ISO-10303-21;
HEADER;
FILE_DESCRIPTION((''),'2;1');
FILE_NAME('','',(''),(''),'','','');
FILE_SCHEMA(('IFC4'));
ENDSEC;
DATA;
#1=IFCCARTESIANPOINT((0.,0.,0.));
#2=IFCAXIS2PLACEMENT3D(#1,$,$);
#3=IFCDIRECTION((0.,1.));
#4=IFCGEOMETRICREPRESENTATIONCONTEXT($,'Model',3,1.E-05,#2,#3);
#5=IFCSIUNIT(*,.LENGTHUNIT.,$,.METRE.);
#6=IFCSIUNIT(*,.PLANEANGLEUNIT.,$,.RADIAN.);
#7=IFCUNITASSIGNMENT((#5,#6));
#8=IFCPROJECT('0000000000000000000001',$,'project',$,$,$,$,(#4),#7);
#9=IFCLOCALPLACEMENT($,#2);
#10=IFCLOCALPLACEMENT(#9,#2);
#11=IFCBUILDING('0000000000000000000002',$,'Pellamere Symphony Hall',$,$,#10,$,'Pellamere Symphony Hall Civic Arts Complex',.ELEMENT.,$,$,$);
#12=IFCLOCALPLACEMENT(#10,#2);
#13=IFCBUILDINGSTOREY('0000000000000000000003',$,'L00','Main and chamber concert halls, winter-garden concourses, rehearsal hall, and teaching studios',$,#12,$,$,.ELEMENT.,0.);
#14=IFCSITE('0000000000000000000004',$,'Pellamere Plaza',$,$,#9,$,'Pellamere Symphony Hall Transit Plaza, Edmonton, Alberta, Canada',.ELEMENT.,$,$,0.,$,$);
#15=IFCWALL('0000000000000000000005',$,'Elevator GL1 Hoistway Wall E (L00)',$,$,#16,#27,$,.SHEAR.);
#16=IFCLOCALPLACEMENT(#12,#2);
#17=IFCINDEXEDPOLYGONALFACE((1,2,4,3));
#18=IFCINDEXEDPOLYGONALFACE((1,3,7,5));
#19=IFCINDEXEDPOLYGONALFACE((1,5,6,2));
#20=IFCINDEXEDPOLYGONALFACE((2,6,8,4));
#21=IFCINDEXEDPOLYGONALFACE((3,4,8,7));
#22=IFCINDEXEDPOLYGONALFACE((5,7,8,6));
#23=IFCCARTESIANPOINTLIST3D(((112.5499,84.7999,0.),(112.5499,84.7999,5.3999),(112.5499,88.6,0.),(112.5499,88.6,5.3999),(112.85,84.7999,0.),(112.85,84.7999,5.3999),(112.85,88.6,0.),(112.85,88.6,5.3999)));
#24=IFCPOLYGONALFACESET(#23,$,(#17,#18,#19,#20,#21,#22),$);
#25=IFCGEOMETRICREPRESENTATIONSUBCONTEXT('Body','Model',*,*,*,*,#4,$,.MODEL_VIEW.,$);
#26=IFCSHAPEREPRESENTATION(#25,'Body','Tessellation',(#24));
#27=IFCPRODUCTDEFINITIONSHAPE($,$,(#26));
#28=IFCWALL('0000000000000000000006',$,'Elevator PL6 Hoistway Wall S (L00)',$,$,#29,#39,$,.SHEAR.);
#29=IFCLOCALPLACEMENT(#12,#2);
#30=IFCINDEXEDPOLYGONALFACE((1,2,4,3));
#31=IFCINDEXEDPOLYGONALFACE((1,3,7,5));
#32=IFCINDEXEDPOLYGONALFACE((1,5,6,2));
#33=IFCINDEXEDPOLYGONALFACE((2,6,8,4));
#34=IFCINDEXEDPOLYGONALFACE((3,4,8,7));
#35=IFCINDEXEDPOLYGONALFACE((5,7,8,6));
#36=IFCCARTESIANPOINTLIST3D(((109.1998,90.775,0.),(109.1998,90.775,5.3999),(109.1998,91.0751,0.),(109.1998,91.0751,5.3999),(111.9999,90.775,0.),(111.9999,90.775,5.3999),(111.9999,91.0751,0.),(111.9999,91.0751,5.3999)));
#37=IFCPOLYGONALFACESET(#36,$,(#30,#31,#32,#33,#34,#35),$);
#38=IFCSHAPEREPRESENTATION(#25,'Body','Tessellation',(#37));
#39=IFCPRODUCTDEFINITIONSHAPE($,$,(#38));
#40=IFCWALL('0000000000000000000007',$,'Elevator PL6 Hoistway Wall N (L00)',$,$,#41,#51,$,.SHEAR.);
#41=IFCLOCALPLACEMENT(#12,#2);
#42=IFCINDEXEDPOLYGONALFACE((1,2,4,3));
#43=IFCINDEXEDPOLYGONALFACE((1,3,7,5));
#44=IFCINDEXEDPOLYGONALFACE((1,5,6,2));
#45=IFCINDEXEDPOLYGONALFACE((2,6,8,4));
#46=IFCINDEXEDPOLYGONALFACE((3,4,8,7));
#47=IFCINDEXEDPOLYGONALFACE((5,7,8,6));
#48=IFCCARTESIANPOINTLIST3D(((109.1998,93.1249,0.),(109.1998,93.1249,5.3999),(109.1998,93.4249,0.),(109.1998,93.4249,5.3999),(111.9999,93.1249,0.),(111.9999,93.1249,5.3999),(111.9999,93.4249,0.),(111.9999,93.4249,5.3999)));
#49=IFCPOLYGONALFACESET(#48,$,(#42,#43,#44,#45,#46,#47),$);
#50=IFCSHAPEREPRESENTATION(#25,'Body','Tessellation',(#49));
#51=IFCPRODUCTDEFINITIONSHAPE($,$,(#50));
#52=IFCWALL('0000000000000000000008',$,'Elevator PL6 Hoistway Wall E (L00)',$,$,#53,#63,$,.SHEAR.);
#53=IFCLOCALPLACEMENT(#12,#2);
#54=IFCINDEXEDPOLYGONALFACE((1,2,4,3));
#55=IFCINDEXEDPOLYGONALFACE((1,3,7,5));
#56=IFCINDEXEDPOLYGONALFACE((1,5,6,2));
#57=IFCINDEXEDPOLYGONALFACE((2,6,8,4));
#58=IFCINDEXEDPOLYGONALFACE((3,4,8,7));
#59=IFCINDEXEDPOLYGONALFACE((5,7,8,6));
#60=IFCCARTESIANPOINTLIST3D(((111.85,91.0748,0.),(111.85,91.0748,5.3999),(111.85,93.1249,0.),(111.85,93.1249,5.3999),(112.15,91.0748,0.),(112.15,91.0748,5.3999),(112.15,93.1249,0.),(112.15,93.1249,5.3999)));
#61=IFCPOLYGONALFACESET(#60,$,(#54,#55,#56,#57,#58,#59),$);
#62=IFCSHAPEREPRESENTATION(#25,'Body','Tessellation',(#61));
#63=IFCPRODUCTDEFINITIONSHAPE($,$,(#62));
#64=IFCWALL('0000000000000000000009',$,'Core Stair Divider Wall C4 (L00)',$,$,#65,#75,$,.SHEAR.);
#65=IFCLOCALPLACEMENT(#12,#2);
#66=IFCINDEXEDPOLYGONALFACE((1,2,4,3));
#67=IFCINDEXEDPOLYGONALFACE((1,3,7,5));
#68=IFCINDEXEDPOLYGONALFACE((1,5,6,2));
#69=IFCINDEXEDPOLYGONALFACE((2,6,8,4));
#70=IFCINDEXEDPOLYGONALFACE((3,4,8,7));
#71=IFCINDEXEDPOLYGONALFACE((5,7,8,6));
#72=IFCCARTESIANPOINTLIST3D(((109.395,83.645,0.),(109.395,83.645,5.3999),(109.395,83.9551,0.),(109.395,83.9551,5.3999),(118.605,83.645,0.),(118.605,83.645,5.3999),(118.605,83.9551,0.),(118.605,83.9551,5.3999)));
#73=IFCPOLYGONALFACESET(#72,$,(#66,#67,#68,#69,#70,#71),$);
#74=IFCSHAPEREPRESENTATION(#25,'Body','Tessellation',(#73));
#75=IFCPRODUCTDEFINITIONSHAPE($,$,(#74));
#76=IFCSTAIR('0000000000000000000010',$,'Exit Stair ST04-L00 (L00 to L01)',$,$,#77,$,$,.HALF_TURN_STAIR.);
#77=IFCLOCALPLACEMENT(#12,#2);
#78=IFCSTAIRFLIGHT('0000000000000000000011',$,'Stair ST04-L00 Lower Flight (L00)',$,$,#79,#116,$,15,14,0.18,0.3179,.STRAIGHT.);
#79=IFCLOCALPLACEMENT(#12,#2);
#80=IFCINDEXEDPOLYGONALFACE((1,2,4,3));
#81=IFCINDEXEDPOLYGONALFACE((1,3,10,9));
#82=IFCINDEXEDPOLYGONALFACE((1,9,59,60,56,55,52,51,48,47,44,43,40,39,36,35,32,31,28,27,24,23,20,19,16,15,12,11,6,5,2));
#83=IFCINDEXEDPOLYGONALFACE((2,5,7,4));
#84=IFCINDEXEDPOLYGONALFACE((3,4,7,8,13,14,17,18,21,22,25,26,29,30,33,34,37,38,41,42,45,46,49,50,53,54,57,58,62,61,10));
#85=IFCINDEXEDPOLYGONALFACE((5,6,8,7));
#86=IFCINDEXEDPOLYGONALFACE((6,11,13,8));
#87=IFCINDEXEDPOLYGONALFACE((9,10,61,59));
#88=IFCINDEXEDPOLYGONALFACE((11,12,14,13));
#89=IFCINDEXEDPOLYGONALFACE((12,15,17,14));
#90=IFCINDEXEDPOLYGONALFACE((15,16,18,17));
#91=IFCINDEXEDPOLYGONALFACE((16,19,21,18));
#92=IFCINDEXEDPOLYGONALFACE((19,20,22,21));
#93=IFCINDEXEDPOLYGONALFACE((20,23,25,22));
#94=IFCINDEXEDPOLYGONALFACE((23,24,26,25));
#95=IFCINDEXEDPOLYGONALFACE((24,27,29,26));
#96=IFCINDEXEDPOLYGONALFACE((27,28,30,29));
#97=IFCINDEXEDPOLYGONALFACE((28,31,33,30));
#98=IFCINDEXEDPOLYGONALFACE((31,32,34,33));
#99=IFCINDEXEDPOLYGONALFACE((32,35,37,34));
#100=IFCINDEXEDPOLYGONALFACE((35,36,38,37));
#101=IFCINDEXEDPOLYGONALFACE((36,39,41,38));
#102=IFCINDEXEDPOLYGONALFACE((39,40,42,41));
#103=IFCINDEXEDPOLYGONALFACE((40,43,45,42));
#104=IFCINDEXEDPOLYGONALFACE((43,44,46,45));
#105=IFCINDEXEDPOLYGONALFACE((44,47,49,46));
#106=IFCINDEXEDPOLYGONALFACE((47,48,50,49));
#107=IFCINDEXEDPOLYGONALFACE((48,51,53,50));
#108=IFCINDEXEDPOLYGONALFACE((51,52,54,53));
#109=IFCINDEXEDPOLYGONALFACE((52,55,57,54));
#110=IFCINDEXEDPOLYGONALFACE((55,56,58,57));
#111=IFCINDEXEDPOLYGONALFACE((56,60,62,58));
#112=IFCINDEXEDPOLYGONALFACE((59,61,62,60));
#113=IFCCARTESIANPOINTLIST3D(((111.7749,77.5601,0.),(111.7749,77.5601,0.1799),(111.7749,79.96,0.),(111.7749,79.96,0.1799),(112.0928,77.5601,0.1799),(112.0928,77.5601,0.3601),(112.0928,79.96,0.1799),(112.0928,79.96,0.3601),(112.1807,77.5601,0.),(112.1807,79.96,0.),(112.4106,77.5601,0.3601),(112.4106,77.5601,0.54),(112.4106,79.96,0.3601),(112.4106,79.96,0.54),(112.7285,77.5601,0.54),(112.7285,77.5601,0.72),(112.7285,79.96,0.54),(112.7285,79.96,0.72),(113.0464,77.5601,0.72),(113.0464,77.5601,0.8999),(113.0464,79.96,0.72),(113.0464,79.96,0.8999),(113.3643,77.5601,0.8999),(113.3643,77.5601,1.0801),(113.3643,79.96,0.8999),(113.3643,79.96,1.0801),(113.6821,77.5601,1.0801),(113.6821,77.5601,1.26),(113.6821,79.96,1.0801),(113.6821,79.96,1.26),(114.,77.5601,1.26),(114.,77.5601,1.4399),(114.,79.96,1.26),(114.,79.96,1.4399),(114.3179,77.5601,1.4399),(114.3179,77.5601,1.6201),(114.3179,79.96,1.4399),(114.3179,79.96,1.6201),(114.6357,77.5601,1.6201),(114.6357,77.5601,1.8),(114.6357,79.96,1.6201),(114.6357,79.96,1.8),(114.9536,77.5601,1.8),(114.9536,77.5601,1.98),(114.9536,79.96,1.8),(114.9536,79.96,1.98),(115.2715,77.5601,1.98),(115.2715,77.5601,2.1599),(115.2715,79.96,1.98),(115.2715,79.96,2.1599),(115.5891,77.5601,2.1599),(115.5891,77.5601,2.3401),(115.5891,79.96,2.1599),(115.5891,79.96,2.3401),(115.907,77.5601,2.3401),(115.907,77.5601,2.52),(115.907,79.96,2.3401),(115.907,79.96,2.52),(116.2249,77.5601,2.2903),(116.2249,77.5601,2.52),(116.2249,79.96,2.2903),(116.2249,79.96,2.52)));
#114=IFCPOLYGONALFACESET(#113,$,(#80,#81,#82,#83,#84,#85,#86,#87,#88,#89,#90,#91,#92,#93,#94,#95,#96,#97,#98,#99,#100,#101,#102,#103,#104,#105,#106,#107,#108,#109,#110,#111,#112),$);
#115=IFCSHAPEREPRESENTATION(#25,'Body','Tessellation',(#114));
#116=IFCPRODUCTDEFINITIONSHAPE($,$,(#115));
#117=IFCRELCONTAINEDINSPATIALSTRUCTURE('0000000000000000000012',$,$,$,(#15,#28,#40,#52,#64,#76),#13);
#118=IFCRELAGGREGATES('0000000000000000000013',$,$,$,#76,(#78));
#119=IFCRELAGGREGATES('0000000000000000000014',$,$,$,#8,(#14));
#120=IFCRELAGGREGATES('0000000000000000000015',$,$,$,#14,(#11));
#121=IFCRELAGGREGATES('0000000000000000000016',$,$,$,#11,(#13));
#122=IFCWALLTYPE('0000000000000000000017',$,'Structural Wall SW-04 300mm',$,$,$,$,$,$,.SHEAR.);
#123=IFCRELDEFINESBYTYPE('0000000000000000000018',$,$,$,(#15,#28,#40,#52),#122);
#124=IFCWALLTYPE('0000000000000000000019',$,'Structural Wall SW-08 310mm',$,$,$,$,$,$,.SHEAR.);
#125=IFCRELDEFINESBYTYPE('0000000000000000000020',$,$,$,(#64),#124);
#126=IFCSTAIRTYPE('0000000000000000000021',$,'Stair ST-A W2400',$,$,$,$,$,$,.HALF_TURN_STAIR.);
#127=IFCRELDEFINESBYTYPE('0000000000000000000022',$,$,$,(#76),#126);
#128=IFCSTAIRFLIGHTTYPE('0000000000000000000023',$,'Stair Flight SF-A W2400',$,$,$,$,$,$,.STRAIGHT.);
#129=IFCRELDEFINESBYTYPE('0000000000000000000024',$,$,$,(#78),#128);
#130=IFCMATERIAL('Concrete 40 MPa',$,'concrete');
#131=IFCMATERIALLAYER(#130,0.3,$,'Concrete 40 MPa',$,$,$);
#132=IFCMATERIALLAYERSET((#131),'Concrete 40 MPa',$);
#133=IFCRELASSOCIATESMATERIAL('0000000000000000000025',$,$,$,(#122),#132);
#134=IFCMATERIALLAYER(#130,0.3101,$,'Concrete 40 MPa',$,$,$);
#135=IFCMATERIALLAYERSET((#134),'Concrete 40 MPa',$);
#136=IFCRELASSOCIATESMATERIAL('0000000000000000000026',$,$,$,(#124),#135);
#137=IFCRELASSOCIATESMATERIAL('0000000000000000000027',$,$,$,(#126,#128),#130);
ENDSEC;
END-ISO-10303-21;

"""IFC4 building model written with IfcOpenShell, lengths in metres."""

from ifc_helpers import new_model, si_unit, direction, frame, frame_2d, origin, place, context, subcontext, project, spatial, polyline, rectangle, outline, extrude, material, layer, layer_set, type_object, element, aggregate, save


model = new_model("IFC4")

# Units and contexts
model_context = context("Model", 3, precision=1e-05, world=origin(), true_north=direction((0.0, 1.0)))
body_context = subcontext(model_context, "Body", "Model", "MODEL_VIEW")
ifc_project = project(units=[si_unit("LENGTHUNIT", "METRE"), si_unit("PLANEANGLEUNIT", "RADIAN")], contexts=[model_context])

# Site, building, storey
site_placement = place(None, origin())
site = spatial("IfcSite", under=ifc_project, at=site_placement, Name="Pellamere Plaza", LongName="Pellamere Symphony Hall Transit Plaza, Edmonton, Alberta, Canada", CompositionType="ELEMENT", RefElevation=0.0)
building_placement = place(site_placement, origin())
building = spatial("IfcBuilding", under=site, at=building_placement, Name="Pellamere Symphony Hall", LongName="Pellamere Symphony Hall Civic Arts Complex", CompositionType="ELEMENT")
storey_placement = place(building_placement, origin())
storey = spatial("IfcBuildingStorey", under=building, at=storey_placement, Name="L00", Description="Main and chamber concert halls, winter-garden concourses, rehearsal hall, and teaching studios", CompositionType="ELEMENT", Elevation=0.0)

# Shared definitions
ifc_material_1 = material(Name="Concrete 40 MPa", Category="concrete")

# Walls
ifc_layer_1 = layer(ifc_material_1, 0.3, Name="Concrete 40 MPa")
ifc_layer_set_1 = layer_set([ifc_layer_1], Name="Concrete 40 MPa")
wall_type_1 = type_object("IfcWallType", Name="Structural Wall SW-04 300mm", PredefinedType="SHEAR", material=ifc_layer_set_1)
wall_1_placement = place(storey_placement, frame((112.7, 84.8, 0.0), z_axis=(0.0, 0.0, 1.0), x_axis=(0.0, 1.0, 0.0)))
element("IfcWall", 1, at=wall_1_placement, inside=storey, type_object=wall_type_1, Name="Elevator GL1 Hoistway Wall E (L00)", PredefinedType="SHEAR", context=body_context, shape_type="SweptSolid", body=[
    extrude(rectangle(XDim=3.8, YDim=0.3, at=frame_2d((1.8999, 0.0))), origin(), (0.0, 0.0, 1.0), 5.3999),
])
for number, where, z_axis, x_axis, name in (
    (2, (109.2, 90.925, 0.0), (0.0, 0.0, 1.0), (1.0, 0.0, 0.0), "Elevator PL6 Hoistway Wall S (L00)"),
    (3, (109.2, 93.2749, 0.0), (0.0, 0.0, 1.0), (1.0, 0.0, 0.0), "Elevator PL6 Hoistway Wall N (L00)"),
):
    element("IfcWall", number, at=place(storey_placement, frame(where, z_axis=z_axis, x_axis=x_axis)), inside=storey, type_object=wall_type_1, Name=name, PredefinedType="SHEAR", context=body_context, shape_type="SweptSolid", body=[
        extrude(rectangle(XDim=2.8, YDim=0.3, at=frame_2d((1.3999, 0.0))), origin(), (0.0, 0.0, 1.0), 5.3999),
    ])
wall_2_placement = place(storey_placement, frame((112.0, 91.075, 0.0), z_axis=(0.0, 0.0, 1.0), x_axis=(0.0, 1.0, 0.0)))
element("IfcWall", 4, at=wall_2_placement, inside=storey, type_object=wall_type_1, Name="Elevator PL6 Hoistway Wall E (L00)", PredefinedType="SHEAR", context=body_context, shape_type="SweptSolid", body=[
    extrude(rectangle(XDim=2.05, YDim=0.3, at=frame_2d((1.0249, 0.0))), origin(), (0.0, 0.0, 1.0), 5.3999),
])
ifc_layer_2 = layer(ifc_material_1, 0.3101, Name="Concrete 40 MPa")
ifc_layer_set_2 = layer_set([ifc_layer_2], Name="Concrete 40 MPa")
wall_type_2 = type_object("IfcWallType", Name="Structural Wall SW-08 310mm", PredefinedType="SHEAR", material=ifc_layer_set_2)
wall_3_placement = place(storey_placement, frame((109.395, 83.8, 0.0), z_axis=(0.0, 0.0, 1.0), x_axis=(1.0, 0.0, 0.0)))
element("IfcWall", 5, at=wall_3_placement, inside=storey, type_object=wall_type_2, Name="Core Stair Divider Wall C4 (L00)", PredefinedType="SHEAR", context=body_context, shape_type="SweptSolid", body=[
    extrude(rectangle(XDim=9.21, YDim=0.3101, at=frame_2d((4.605, 0.0))), origin(), (0.0, 0.0, 1.0), 5.3999),
])

# Stair, stair flight
stair_type = type_object("IfcStairType", Name="Stair ST-A W2400", PredefinedType="HALF_TURN_STAIR", material=ifc_material_1)
stair_placement = place(storey_placement, origin())
stair = element("IfcStair", 6, at=stair_placement, inside=storey, type_object=stair_type, Name="Exit Stair ST04-L00 (L00 to L01)", PredefinedType="HALF_TURN_STAIR")
stair_flight_type = type_object("IfcStairFlightType", Name="Stair Flight SF-A W2400", PredefinedType="STRAIGHT", material=ifc_material_1)
stair_flight_placement = place(storey_placement, frame((111.7749, 78.76, 0.0), z_axis=(0.0, 0.0, 1.0), x_axis=(1.0, 0.0, 0.0)))
stair_flight = element("IfcStairFlight", 7, at=stair_flight_placement, type_object=stair_flight_type, Name="Stair ST04-L00 Lower Flight (L00)", NumberOfRisers=15, NumberOfTreads=14, PredefinedType="STRAIGHT", RiserHeight=0.18, TreadLength=0.3179, context=body_context, shape_type="SweptSolid", body=[
    extrude(outline(polyline([(0.0, 0.0), (0.0, 0.1799), (0.3179, 0.1799), (0.3179, 0.3601), (0.6357, 0.3601), (0.6357, 0.54), (0.9536, 0.54), (0.9536, 0.72), (1.2715, 0.72), (1.2715, 0.8999), (1.5894, 0.8999), (1.5894, 1.0801), (1.9072, 1.0801), (1.9072, 1.26), (2.2251, 1.26), (2.2251, 1.4399), (2.543, 1.4399), (2.543, 1.6201), (2.8608, 1.6201), (2.8608, 1.8), (3.1787, 1.8), (3.1787, 1.98), (3.4966, 1.98), (3.4966, 2.1599), (3.8142, 2.1599), (3.8142, 2.3401), (4.1321, 2.3401), (4.1321, 2.52), (4.45, 2.52), (4.45, 2.7), (4.45, 2.2903), (0.4058, 0.0), (0.0, 0.0)])), frame((0.0, 1.2, 0.0), z_axis=(0.0, -1.0, 0.0), x_axis=(1.0, 0.0, 0.0)), (0.0, 0.0, 1.0), 2.3999),
])
aggregate(stair, [stair_flight])

save(model, "model.ifc")
